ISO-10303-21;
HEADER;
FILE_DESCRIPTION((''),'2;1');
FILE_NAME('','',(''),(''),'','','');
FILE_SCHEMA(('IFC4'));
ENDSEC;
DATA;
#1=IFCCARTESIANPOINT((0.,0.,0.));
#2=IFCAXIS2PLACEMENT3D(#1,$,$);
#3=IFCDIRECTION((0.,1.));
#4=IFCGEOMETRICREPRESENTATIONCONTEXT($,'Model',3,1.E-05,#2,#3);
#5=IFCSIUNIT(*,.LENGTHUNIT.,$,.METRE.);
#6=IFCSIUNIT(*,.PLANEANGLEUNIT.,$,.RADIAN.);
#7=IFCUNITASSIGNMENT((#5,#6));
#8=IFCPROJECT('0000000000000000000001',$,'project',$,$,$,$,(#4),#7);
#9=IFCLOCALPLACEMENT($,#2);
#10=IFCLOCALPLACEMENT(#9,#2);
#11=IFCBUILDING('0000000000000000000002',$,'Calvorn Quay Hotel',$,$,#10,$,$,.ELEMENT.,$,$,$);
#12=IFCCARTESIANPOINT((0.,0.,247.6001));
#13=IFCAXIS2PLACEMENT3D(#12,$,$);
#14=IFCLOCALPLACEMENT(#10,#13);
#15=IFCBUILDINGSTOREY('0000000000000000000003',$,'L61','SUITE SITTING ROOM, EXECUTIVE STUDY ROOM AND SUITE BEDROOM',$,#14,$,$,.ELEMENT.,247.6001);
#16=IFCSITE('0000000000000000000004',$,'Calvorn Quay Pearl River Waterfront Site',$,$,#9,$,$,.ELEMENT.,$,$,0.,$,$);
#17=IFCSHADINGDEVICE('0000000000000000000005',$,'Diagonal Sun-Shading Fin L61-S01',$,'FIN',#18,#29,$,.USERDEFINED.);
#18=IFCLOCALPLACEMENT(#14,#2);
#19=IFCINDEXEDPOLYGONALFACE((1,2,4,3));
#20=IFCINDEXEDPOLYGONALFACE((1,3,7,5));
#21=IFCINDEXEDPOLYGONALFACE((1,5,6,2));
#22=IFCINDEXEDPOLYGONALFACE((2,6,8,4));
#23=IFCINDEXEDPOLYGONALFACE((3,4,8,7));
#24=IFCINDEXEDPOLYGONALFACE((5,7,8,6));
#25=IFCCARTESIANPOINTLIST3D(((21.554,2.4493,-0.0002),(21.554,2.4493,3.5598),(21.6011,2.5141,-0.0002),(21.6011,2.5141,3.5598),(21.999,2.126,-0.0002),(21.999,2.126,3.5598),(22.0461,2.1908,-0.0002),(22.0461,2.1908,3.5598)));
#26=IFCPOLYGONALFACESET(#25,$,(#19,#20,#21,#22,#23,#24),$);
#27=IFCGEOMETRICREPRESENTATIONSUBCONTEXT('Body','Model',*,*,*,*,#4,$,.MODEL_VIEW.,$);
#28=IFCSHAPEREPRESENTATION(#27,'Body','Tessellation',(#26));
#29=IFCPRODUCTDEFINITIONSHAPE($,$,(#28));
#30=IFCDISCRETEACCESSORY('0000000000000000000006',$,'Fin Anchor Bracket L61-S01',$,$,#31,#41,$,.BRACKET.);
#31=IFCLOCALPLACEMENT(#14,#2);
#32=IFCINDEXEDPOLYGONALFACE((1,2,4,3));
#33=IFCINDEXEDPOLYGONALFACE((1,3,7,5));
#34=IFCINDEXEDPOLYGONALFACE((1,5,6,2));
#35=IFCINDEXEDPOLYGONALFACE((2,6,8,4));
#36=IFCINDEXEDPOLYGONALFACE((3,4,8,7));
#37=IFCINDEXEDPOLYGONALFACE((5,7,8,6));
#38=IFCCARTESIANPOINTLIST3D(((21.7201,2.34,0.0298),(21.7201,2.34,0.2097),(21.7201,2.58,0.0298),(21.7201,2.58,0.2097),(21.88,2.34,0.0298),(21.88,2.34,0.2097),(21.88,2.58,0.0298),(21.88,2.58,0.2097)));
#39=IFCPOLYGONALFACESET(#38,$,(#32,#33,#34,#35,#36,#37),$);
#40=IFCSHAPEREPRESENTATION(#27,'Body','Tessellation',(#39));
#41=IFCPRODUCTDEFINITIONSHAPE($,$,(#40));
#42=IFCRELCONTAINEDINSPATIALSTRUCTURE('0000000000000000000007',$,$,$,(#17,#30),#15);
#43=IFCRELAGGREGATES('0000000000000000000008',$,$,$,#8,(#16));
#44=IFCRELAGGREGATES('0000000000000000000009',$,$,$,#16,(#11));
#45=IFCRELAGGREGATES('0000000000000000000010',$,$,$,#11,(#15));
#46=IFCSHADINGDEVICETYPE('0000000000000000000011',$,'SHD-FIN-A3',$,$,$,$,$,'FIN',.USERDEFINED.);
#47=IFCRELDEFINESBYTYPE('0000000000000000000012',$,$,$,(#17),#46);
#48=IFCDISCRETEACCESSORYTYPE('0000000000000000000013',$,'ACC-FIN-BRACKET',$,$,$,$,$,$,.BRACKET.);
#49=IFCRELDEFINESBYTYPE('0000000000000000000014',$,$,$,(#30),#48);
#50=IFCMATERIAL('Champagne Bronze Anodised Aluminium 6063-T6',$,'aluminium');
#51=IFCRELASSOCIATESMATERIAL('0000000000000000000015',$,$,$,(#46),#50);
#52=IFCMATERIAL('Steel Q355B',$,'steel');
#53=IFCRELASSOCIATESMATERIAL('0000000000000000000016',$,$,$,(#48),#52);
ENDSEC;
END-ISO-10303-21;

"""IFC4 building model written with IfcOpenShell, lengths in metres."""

from ifc_helpers import new_model, si_unit, direction, frame, origin, origin_2d, place, context, subcontext, project, spatial, rectangle, extrude, material, type_object, element, save


model = new_model("IFC4")

# Units and contexts
model_context = context("Model", 3, precision=1e-05, world=origin(), true_north=direction((0.0, 1.0)))
body_context = subcontext(model_context, "Body", "Model", "MODEL_VIEW")
ifc_project = project(units=[si_unit("LENGTHUNIT", "METRE"), si_unit("PLANEANGLEUNIT", "RADIAN")], contexts=[model_context])

# Site, building, storey
site_placement = place(None, origin())
site = spatial("IfcSite", under=ifc_project, at=site_placement, Name="Calvorn Quay Pearl River Waterfront Site", CompositionType="ELEMENT", RefElevation=0.0)
building_placement = place(site_placement, origin())
building = spatial("IfcBuilding", under=site, at=building_placement, Name="Calvorn Quay Hotel", CompositionType="ELEMENT")
storey_placement = place(building_placement, frame((0.0, 0.0, 247.6001)))
storey = spatial("IfcBuildingStorey", under=building, at=storey_placement, Name="L61", Description="SUITE SITTING ROOM, EXECUTIVE STUDY ROOM AND SUITE BEDROOM", CompositionType="ELEMENT", Elevation=247.6001)

# Shading device
ifc_material_1 = material(Name="Champagne Bronze Anodised Aluminium 6063-T6", Category="aluminium")
shading_device_type = type_object("IfcShadingDeviceType", Name="SHD-FIN-A3", ElementType="FIN", PredefinedType="USERDEFINED", material=ifc_material_1)
shading_device_placement = place(storey_placement, frame((21.8, 2.3201, -0.0002), z_axis=(0.0, 0.0, 1.0), x_axis=(-0.809017, 0.587785, 0.0)))
element("IfcShadingDevice", 1, at=shading_device_placement, inside=storey, type_object=shading_device_type, Name="Diagonal Sun-Shading Fin L61-S01", ObjectType="FIN", PredefinedType="USERDEFINED", context=body_context, shape_type="SweptSolid", body=[
    extrude(rectangle(XDim=0.55, YDim=0.0801, at=origin_2d()), origin(), (0.0, 0.0, 1.0), 3.5601),
])

# Discrete accessory
ifc_material_2 = material(Name="Steel Q355B", Category="steel")
discrete_accessory_type = type_object("IfcDiscreteAccessoryType", Name="ACC-FIN-BRACKET", PredefinedType="BRACKET", material=ifc_material_2)
discrete_accessory_placement = place(storey_placement, frame((21.8, 2.46, 0.0298), z_axis=(0.0, 0.0, 1.0), x_axis=(0.0, 1.0, 0.0)))
element("IfcDiscreteAccessory", 2, at=discrete_accessory_placement, inside=storey, type_object=discrete_accessory_type, Name="Fin Anchor Bracket L61-S01", PredefinedType="BRACKET", context=body_context, shape_type="SweptSolid", body=[
    extrude(rectangle(XDim=0.24, YDim=0.1599, at=origin_2d()), origin(), (0.0, 0.0, 1.0), 0.1799),
])

save(model, "model.ifc")
